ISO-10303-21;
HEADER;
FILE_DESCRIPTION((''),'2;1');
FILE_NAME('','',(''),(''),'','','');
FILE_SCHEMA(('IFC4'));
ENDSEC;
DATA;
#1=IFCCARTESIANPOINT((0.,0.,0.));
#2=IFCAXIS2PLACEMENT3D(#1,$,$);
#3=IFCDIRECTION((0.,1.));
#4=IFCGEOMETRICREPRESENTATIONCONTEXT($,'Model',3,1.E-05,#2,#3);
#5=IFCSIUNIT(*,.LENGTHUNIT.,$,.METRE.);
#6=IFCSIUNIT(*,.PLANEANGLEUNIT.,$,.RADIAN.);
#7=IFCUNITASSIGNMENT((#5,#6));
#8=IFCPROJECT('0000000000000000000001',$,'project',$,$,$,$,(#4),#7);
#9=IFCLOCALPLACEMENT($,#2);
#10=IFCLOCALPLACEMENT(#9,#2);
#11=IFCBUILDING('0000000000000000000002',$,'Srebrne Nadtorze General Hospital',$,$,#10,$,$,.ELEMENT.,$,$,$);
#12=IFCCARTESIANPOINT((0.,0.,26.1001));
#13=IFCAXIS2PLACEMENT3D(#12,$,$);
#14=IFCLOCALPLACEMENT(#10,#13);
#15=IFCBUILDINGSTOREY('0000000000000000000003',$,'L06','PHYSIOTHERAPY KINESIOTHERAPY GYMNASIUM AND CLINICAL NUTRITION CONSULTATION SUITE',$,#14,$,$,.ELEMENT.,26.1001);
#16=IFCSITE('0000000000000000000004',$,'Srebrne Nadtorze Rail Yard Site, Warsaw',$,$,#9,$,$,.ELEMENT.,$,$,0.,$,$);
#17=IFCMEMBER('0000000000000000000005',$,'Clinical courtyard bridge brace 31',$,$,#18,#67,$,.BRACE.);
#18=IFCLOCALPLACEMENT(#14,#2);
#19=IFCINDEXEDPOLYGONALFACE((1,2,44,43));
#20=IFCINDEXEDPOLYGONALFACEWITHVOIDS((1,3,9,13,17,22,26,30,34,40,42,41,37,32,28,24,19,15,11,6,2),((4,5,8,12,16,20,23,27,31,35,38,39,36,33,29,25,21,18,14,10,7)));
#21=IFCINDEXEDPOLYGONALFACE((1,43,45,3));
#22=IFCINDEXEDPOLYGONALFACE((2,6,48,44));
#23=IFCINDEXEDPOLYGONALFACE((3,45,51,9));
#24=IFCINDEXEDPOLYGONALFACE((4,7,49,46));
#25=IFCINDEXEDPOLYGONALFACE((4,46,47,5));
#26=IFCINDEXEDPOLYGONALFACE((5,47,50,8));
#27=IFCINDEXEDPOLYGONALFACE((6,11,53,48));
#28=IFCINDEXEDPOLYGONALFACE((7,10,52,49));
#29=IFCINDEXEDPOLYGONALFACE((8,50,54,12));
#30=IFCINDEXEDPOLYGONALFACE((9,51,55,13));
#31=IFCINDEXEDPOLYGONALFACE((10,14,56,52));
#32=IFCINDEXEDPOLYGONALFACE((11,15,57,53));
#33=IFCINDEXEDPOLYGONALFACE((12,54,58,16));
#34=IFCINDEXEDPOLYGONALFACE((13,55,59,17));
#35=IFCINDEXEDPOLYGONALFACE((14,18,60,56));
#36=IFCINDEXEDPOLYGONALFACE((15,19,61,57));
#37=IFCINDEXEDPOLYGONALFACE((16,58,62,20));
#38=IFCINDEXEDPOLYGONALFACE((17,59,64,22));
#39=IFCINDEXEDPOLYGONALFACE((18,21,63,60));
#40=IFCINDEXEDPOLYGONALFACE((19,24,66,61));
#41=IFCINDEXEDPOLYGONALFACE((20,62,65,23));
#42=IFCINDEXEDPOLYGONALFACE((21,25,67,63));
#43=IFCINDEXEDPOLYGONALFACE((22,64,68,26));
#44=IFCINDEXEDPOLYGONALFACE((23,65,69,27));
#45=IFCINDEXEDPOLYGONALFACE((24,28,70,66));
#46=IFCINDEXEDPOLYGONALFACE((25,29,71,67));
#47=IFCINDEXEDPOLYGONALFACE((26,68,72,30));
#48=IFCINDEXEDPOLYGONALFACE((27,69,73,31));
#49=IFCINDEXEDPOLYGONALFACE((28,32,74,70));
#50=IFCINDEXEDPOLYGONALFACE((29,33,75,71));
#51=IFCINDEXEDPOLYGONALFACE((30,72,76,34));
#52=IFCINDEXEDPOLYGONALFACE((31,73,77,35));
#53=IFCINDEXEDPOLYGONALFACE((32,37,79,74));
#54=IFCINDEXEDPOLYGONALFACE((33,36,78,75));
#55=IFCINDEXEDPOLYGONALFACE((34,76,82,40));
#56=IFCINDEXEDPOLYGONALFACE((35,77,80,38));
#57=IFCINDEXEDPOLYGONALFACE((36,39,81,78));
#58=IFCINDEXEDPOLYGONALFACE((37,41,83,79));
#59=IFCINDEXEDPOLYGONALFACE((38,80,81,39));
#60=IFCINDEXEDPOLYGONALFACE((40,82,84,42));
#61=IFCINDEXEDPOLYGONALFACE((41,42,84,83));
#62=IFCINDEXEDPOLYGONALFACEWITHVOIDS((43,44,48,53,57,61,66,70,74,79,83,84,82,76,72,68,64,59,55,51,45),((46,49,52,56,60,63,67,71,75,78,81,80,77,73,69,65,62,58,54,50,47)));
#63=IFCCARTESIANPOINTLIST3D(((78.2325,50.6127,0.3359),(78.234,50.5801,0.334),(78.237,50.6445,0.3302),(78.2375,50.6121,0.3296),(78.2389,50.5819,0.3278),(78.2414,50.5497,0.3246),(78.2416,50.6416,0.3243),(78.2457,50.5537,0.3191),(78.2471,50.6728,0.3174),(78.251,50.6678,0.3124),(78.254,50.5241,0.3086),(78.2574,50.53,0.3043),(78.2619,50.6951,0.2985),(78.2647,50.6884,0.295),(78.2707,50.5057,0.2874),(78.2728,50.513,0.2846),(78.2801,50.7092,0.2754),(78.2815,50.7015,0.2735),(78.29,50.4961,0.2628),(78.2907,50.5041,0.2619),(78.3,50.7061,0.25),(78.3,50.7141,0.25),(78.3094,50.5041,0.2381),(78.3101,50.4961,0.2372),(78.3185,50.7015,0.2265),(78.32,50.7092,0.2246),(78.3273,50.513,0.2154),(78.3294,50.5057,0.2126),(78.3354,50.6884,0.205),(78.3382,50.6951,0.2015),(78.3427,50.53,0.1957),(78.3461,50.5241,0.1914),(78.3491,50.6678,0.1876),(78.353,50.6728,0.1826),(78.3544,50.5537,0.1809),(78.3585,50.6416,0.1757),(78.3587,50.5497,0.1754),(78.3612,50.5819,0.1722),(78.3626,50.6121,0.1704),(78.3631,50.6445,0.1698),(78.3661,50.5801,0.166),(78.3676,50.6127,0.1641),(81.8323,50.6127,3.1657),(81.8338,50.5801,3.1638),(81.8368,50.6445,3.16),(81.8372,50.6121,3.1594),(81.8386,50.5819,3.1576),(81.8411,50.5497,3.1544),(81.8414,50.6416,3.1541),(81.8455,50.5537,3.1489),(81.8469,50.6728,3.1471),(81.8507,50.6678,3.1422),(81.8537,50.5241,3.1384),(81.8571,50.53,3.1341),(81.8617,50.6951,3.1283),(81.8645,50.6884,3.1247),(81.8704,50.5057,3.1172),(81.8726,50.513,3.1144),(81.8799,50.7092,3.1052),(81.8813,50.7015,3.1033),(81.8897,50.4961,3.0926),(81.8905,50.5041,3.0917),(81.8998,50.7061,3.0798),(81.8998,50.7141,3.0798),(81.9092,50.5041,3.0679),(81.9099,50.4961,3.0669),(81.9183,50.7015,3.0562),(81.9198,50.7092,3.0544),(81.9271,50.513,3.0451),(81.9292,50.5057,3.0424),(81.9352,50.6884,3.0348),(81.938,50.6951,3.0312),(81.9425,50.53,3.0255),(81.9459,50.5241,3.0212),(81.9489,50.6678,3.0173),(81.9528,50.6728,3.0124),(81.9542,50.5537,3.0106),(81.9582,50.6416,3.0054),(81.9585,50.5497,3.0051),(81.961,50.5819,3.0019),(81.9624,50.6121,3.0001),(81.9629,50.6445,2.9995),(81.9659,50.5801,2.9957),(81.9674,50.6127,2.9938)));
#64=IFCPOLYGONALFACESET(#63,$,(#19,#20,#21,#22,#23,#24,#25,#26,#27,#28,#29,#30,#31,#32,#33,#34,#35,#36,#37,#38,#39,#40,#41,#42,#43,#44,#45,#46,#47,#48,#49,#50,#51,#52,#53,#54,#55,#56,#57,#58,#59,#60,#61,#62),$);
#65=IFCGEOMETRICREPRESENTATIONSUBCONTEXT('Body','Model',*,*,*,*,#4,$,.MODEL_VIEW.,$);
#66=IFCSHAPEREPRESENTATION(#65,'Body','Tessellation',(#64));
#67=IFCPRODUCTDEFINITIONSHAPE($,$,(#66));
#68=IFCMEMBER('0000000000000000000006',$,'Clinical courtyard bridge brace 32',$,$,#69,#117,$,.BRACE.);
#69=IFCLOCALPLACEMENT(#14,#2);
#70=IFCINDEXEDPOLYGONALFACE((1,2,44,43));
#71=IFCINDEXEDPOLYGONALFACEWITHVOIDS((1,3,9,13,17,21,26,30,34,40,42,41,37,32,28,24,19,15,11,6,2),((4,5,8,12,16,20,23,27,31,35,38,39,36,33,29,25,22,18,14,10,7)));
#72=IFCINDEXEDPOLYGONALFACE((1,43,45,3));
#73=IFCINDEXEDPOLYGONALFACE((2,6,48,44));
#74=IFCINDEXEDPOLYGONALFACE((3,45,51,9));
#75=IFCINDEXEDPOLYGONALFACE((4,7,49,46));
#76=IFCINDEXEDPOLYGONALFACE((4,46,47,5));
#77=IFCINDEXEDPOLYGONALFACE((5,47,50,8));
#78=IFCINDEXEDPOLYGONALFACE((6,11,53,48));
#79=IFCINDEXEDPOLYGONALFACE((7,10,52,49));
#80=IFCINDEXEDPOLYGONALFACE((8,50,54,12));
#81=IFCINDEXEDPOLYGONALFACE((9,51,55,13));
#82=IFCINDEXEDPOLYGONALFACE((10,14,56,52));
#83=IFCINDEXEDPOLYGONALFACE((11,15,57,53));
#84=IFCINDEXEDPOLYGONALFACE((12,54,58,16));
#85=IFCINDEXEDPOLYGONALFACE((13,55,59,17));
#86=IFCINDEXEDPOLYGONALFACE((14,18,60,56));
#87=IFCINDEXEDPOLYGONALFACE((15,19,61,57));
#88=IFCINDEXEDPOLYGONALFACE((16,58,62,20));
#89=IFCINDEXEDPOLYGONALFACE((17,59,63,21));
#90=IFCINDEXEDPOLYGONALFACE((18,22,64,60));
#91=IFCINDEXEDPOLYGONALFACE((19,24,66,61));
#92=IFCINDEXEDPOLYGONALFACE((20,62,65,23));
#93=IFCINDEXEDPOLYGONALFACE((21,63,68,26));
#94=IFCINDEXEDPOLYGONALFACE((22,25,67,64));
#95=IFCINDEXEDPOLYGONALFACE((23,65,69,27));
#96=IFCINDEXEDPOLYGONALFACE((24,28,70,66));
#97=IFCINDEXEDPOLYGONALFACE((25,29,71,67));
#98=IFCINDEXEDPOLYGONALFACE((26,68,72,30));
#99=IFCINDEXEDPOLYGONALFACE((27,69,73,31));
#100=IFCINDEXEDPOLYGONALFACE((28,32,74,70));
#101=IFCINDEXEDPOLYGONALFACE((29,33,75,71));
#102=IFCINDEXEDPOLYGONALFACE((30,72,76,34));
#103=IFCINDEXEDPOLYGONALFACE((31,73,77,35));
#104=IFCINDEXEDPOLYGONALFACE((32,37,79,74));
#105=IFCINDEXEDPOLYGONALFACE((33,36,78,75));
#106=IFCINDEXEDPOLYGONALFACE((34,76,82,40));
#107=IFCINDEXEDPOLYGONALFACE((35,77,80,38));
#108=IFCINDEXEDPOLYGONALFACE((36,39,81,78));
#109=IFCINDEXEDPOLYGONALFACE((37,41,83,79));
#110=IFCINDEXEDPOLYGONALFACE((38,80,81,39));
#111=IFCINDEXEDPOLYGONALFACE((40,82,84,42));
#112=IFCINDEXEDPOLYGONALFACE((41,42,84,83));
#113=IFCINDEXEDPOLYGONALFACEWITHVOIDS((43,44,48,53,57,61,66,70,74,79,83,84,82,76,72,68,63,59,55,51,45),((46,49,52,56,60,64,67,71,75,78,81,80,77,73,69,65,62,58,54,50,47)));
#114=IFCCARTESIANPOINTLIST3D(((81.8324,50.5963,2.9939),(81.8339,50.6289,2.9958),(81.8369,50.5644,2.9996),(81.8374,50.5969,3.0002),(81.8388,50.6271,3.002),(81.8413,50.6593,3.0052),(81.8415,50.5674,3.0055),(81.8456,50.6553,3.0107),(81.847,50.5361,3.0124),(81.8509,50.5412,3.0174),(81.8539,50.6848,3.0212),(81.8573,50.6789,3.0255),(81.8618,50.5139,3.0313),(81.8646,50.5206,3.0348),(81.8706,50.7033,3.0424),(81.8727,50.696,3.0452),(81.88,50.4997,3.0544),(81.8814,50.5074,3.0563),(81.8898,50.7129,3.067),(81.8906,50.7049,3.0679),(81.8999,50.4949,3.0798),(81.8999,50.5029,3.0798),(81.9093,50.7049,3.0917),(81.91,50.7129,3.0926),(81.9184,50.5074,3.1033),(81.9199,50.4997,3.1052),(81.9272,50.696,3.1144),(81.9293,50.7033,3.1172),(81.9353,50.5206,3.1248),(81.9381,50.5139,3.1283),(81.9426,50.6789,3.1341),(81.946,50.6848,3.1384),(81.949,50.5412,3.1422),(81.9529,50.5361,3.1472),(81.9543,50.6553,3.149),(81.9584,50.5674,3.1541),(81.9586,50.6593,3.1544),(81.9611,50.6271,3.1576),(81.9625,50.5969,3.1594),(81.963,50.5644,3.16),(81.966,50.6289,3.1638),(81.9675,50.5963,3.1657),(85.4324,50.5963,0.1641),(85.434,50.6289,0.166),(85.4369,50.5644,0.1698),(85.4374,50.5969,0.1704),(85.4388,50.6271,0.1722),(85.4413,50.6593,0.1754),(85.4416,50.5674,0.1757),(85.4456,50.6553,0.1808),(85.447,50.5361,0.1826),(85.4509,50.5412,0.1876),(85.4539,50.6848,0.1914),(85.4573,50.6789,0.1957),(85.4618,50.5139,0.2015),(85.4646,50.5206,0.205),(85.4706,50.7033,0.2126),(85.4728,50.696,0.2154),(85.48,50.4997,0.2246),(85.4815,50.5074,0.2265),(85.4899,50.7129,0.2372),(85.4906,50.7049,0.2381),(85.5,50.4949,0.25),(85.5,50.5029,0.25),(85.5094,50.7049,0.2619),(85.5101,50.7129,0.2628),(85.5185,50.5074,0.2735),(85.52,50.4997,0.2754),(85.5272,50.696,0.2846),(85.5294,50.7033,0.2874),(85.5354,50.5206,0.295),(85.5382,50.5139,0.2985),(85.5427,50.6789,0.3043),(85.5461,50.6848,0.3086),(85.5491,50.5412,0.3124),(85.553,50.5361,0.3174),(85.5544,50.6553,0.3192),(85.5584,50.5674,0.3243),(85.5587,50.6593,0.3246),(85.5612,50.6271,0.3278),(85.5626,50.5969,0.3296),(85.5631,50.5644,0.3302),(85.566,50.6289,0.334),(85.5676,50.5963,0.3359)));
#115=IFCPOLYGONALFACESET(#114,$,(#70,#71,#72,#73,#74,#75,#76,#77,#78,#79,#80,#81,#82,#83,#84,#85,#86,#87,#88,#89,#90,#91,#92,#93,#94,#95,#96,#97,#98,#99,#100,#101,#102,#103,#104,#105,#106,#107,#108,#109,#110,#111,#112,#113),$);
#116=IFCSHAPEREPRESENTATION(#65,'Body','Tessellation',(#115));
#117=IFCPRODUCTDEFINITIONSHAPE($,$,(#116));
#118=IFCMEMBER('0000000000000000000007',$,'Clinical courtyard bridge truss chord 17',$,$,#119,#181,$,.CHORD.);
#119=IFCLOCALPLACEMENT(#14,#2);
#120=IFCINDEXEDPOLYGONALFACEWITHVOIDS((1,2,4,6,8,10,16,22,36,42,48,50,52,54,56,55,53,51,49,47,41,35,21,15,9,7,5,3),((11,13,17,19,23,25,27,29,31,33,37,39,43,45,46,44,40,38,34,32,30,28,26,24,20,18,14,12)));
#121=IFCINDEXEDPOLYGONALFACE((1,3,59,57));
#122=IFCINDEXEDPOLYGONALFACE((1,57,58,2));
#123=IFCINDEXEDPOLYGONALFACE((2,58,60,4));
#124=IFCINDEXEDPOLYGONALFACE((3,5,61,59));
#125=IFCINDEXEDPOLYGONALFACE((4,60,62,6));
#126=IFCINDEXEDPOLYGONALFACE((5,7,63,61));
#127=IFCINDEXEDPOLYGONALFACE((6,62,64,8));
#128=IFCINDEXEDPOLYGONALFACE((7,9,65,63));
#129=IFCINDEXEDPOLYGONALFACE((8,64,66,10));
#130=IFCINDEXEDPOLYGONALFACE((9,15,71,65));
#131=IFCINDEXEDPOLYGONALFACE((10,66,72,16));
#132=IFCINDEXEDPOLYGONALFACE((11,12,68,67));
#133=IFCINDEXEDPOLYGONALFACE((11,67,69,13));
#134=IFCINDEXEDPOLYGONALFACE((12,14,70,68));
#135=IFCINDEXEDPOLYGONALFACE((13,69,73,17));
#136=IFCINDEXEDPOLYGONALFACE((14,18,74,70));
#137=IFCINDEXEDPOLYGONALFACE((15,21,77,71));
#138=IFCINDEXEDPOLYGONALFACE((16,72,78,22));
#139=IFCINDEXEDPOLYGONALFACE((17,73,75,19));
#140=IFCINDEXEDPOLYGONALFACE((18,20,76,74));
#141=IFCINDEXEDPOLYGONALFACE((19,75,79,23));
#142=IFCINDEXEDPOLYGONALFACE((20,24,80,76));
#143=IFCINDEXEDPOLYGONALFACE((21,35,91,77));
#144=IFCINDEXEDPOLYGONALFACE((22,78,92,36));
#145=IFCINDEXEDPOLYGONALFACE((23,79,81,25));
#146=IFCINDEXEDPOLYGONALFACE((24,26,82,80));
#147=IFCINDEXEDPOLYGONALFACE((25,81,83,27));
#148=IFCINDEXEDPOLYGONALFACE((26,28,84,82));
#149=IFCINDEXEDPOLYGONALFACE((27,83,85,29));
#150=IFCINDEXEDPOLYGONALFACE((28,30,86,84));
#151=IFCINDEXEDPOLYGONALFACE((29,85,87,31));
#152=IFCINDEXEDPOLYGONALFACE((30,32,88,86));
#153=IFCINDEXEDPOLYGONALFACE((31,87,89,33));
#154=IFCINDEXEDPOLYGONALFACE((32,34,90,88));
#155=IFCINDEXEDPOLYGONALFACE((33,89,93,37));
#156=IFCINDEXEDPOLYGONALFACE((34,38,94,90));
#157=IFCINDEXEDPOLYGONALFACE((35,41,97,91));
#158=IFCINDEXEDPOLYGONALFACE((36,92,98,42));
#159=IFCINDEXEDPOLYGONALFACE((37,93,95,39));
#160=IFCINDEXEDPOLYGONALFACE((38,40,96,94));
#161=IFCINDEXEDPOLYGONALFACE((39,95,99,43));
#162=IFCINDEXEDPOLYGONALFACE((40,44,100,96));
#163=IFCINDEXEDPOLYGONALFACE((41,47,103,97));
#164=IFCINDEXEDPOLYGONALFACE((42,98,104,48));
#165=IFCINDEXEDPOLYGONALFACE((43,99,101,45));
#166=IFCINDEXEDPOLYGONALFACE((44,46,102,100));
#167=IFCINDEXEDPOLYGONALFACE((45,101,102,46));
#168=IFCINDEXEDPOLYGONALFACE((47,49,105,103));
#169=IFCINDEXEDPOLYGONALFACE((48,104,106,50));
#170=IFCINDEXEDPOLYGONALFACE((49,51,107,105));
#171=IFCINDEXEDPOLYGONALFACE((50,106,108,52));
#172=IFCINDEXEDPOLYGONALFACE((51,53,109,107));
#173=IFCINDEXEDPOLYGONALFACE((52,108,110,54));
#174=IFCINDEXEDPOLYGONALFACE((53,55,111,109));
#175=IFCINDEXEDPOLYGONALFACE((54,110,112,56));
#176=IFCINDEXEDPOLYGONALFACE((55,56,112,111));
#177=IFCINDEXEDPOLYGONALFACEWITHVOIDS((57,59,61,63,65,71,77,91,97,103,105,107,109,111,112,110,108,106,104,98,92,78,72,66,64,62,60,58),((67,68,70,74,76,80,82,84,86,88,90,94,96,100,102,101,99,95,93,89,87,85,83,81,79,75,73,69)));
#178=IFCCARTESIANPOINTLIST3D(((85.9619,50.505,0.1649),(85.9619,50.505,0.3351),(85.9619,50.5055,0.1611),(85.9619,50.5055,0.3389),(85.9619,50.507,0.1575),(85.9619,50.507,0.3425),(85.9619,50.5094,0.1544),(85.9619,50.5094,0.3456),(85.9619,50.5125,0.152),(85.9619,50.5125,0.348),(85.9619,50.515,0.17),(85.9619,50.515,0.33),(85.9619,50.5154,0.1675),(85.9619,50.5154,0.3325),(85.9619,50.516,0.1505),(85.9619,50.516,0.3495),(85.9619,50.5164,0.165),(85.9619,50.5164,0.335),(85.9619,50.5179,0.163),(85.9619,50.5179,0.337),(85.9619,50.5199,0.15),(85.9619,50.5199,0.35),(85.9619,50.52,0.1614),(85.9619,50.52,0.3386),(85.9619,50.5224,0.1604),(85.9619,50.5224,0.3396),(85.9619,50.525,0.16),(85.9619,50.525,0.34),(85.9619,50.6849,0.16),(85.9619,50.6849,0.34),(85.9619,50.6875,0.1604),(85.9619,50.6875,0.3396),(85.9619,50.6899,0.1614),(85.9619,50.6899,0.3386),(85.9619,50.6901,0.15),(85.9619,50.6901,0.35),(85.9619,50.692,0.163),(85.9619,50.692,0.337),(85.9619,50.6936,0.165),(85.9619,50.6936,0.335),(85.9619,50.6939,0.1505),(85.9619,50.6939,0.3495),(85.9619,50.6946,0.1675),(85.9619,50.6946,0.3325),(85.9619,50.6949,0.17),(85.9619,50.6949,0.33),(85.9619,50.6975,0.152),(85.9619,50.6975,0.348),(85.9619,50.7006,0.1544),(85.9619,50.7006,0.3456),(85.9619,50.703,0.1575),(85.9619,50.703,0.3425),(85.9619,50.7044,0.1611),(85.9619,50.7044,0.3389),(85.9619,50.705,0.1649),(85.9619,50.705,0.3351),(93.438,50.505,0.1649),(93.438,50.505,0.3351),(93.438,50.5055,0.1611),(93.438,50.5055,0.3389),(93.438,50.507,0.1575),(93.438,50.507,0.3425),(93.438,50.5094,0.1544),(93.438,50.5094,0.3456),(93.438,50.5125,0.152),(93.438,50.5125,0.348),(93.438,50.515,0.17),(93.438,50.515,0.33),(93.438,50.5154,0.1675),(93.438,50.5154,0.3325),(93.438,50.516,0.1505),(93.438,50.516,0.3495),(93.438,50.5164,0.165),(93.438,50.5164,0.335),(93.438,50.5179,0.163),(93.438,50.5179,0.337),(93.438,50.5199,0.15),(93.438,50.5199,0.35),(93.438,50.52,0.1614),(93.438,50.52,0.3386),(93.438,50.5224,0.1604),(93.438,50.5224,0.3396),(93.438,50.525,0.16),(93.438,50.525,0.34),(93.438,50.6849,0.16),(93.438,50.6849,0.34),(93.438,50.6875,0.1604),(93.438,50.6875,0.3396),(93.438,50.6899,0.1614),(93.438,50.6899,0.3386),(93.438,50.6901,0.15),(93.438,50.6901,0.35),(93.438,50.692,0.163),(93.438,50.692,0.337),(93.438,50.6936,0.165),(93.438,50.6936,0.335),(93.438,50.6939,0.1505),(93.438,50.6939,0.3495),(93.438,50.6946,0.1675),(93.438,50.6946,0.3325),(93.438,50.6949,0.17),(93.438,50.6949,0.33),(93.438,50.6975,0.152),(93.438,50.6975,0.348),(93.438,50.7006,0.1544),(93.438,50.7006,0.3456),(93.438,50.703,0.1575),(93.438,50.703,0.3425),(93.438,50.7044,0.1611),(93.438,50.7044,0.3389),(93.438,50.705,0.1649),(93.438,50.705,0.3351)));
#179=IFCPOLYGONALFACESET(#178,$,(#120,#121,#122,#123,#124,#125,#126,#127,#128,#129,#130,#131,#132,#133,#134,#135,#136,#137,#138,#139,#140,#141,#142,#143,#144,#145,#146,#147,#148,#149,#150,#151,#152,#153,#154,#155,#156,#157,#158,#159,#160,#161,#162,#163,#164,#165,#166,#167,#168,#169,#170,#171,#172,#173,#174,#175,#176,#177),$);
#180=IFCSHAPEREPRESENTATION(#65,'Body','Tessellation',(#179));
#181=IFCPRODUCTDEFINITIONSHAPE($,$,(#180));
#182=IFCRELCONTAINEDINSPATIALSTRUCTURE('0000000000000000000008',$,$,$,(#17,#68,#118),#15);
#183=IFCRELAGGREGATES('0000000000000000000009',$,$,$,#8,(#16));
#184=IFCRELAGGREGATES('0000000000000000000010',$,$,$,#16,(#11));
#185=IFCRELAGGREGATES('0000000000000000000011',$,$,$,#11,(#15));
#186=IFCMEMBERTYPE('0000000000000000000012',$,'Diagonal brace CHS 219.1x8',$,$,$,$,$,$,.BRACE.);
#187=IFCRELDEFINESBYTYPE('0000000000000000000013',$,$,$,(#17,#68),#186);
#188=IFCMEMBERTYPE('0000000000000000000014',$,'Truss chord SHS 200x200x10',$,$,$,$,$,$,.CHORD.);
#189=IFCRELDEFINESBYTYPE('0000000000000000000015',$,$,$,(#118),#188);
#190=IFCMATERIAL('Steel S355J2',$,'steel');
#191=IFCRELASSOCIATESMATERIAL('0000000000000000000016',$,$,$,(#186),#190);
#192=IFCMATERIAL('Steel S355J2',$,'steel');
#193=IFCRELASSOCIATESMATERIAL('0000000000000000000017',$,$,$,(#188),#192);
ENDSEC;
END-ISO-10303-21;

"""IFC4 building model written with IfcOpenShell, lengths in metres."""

from ifc_helpers import new_model, si_unit, direction, frame, origin, origin_2d, place, context, subcontext, project, spatial, hollow_rectangle, hollow_circle, extrude, material, material_profile, profile_set, type_object, element, save


model = new_model("IFC4")

# Units and contexts
model_context = context("Model", 3, precision=1e-05, world=origin(), true_north=direction((0.0, 1.0)))
body_context = subcontext(model_context, "Body", "Model", "MODEL_VIEW")
ifc_project = project(units=[si_unit("LENGTHUNIT", "METRE"), si_unit("PLANEANGLEUNIT", "RADIAN")], contexts=[model_context])

# Site, building, storey
site_placement = place(None, origin())
site = spatial("IfcSite", under=ifc_project, at=site_placement, Name="Srebrne Nadtorze Rail Yard Site, Warsaw", CompositionType="ELEMENT", RefElevation=0.0)
building_placement = place(site_placement, origin())
building = spatial("IfcBuilding", under=site, at=building_placement, Name="Srebrne Nadtorze General Hospital", CompositionType="ELEMENT")
storey_placement = place(building_placement, frame((0.0, 0.0, 26.1001)))
storey = spatial("IfcBuildingStorey", under=building, at=storey_placement, Name="L06", Description="PHYSIOTHERAPY KINESIOTHERAPY GYMNASIUM AND CLINICAL NUTRITION CONSULTATION SUITE", CompositionType="ELEMENT", Elevation=26.1001)

# Members
ifc_material_1 = material(Name="Steel S355J2", Category="steel")
ifc_material_profile_1 = material_profile(ifc_material_1, hollow_circle(Radius=0.1096, WallThickness=0.0081, at=origin_2d()), Name="CHS-219.1x8")
ifc_profile_set_1 = profile_set([ifc_material_profile_1], Name="Steel S355J2")
member_type_1 = type_object("IfcMemberType", Name="Diagonal brace CHS 219.1x8", PredefinedType="BRACE", material=ifc_profile_set_1)
member_1_placement = place(storey_placement, frame((78.3, 50.6045, 0.25), z_axis=(0.786172, 0.0, 0.618008), x_axis=(0.0, 1.0, 0.0)))
element("IfcMember", 1, at=member_1_placement, inside=storey, type_object=member_type_1, Name="Clinical courtyard bridge brace 31", PredefinedType="BRACE", context=body_context, shape_type="SweptSolid", body=[
    extrude(hollow_circle(Radius=0.1096, WallThickness=0.0081, at=origin_2d()), origin(), (0.0, 0.0, 1.0), 4.5789),
])
member_2_placement = place(storey_placement, frame((85.5, 50.6045, 0.25), z_axis=(-0.786193, 0.0, 0.617982), x_axis=(0.0, -1.0, 0.0)))
element("IfcMember", 2, at=member_2_placement, inside=storey, type_object=member_type_1, Name="Clinical courtyard bridge brace 32", PredefinedType="BRACE", context=body_context, shape_type="SweptSolid", body=[
    extrude(hollow_circle(Radius=0.1096, WallThickness=0.0081, at=origin_2d()), origin(), (0.0, 0.0, 1.0), 4.5791),
])
ifc_material_2 = material(Name="Steel S355J2", Category="steel")
ifc_material_profile_2 = material_profile(ifc_material_2, hollow_rectangle(XDim=0.2, YDim=0.2, WallThickness=0.01, InnerFilletRadius=0.01, OuterFilletRadius=0.0149, at=origin_2d()), Name="SHS-200x200x10")
ifc_profile_set_2 = profile_set([ifc_material_profile_2], Name="Steel S355J2")
member_type_2 = type_object("IfcMemberType", Name="Truss chord SHS 200x200x10", PredefinedType="CHORD", material=ifc_profile_set_2)
member_3_placement = place(storey_placement, frame((85.9619, 50.605, 0.25), z_axis=(1.0, 0.0, 0.0), x_axis=(0.0, 1.0, 0.0)))
element("IfcMember", 3, at=member_3_placement, inside=storey, type_object=member_type_2, Name="Clinical courtyard bridge truss chord 17", PredefinedType="CHORD", context=body_context, shape_type="SweptSolid", body=[
    extrude(hollow_rectangle(XDim=0.2, YDim=0.2, WallThickness=0.01, InnerFilletRadius=0.01, OuterFilletRadius=0.0149, at=origin_2d()), origin(), (0.0, 0.0, 1.0), 7.4761),
])

save(model, "model.ifc")
